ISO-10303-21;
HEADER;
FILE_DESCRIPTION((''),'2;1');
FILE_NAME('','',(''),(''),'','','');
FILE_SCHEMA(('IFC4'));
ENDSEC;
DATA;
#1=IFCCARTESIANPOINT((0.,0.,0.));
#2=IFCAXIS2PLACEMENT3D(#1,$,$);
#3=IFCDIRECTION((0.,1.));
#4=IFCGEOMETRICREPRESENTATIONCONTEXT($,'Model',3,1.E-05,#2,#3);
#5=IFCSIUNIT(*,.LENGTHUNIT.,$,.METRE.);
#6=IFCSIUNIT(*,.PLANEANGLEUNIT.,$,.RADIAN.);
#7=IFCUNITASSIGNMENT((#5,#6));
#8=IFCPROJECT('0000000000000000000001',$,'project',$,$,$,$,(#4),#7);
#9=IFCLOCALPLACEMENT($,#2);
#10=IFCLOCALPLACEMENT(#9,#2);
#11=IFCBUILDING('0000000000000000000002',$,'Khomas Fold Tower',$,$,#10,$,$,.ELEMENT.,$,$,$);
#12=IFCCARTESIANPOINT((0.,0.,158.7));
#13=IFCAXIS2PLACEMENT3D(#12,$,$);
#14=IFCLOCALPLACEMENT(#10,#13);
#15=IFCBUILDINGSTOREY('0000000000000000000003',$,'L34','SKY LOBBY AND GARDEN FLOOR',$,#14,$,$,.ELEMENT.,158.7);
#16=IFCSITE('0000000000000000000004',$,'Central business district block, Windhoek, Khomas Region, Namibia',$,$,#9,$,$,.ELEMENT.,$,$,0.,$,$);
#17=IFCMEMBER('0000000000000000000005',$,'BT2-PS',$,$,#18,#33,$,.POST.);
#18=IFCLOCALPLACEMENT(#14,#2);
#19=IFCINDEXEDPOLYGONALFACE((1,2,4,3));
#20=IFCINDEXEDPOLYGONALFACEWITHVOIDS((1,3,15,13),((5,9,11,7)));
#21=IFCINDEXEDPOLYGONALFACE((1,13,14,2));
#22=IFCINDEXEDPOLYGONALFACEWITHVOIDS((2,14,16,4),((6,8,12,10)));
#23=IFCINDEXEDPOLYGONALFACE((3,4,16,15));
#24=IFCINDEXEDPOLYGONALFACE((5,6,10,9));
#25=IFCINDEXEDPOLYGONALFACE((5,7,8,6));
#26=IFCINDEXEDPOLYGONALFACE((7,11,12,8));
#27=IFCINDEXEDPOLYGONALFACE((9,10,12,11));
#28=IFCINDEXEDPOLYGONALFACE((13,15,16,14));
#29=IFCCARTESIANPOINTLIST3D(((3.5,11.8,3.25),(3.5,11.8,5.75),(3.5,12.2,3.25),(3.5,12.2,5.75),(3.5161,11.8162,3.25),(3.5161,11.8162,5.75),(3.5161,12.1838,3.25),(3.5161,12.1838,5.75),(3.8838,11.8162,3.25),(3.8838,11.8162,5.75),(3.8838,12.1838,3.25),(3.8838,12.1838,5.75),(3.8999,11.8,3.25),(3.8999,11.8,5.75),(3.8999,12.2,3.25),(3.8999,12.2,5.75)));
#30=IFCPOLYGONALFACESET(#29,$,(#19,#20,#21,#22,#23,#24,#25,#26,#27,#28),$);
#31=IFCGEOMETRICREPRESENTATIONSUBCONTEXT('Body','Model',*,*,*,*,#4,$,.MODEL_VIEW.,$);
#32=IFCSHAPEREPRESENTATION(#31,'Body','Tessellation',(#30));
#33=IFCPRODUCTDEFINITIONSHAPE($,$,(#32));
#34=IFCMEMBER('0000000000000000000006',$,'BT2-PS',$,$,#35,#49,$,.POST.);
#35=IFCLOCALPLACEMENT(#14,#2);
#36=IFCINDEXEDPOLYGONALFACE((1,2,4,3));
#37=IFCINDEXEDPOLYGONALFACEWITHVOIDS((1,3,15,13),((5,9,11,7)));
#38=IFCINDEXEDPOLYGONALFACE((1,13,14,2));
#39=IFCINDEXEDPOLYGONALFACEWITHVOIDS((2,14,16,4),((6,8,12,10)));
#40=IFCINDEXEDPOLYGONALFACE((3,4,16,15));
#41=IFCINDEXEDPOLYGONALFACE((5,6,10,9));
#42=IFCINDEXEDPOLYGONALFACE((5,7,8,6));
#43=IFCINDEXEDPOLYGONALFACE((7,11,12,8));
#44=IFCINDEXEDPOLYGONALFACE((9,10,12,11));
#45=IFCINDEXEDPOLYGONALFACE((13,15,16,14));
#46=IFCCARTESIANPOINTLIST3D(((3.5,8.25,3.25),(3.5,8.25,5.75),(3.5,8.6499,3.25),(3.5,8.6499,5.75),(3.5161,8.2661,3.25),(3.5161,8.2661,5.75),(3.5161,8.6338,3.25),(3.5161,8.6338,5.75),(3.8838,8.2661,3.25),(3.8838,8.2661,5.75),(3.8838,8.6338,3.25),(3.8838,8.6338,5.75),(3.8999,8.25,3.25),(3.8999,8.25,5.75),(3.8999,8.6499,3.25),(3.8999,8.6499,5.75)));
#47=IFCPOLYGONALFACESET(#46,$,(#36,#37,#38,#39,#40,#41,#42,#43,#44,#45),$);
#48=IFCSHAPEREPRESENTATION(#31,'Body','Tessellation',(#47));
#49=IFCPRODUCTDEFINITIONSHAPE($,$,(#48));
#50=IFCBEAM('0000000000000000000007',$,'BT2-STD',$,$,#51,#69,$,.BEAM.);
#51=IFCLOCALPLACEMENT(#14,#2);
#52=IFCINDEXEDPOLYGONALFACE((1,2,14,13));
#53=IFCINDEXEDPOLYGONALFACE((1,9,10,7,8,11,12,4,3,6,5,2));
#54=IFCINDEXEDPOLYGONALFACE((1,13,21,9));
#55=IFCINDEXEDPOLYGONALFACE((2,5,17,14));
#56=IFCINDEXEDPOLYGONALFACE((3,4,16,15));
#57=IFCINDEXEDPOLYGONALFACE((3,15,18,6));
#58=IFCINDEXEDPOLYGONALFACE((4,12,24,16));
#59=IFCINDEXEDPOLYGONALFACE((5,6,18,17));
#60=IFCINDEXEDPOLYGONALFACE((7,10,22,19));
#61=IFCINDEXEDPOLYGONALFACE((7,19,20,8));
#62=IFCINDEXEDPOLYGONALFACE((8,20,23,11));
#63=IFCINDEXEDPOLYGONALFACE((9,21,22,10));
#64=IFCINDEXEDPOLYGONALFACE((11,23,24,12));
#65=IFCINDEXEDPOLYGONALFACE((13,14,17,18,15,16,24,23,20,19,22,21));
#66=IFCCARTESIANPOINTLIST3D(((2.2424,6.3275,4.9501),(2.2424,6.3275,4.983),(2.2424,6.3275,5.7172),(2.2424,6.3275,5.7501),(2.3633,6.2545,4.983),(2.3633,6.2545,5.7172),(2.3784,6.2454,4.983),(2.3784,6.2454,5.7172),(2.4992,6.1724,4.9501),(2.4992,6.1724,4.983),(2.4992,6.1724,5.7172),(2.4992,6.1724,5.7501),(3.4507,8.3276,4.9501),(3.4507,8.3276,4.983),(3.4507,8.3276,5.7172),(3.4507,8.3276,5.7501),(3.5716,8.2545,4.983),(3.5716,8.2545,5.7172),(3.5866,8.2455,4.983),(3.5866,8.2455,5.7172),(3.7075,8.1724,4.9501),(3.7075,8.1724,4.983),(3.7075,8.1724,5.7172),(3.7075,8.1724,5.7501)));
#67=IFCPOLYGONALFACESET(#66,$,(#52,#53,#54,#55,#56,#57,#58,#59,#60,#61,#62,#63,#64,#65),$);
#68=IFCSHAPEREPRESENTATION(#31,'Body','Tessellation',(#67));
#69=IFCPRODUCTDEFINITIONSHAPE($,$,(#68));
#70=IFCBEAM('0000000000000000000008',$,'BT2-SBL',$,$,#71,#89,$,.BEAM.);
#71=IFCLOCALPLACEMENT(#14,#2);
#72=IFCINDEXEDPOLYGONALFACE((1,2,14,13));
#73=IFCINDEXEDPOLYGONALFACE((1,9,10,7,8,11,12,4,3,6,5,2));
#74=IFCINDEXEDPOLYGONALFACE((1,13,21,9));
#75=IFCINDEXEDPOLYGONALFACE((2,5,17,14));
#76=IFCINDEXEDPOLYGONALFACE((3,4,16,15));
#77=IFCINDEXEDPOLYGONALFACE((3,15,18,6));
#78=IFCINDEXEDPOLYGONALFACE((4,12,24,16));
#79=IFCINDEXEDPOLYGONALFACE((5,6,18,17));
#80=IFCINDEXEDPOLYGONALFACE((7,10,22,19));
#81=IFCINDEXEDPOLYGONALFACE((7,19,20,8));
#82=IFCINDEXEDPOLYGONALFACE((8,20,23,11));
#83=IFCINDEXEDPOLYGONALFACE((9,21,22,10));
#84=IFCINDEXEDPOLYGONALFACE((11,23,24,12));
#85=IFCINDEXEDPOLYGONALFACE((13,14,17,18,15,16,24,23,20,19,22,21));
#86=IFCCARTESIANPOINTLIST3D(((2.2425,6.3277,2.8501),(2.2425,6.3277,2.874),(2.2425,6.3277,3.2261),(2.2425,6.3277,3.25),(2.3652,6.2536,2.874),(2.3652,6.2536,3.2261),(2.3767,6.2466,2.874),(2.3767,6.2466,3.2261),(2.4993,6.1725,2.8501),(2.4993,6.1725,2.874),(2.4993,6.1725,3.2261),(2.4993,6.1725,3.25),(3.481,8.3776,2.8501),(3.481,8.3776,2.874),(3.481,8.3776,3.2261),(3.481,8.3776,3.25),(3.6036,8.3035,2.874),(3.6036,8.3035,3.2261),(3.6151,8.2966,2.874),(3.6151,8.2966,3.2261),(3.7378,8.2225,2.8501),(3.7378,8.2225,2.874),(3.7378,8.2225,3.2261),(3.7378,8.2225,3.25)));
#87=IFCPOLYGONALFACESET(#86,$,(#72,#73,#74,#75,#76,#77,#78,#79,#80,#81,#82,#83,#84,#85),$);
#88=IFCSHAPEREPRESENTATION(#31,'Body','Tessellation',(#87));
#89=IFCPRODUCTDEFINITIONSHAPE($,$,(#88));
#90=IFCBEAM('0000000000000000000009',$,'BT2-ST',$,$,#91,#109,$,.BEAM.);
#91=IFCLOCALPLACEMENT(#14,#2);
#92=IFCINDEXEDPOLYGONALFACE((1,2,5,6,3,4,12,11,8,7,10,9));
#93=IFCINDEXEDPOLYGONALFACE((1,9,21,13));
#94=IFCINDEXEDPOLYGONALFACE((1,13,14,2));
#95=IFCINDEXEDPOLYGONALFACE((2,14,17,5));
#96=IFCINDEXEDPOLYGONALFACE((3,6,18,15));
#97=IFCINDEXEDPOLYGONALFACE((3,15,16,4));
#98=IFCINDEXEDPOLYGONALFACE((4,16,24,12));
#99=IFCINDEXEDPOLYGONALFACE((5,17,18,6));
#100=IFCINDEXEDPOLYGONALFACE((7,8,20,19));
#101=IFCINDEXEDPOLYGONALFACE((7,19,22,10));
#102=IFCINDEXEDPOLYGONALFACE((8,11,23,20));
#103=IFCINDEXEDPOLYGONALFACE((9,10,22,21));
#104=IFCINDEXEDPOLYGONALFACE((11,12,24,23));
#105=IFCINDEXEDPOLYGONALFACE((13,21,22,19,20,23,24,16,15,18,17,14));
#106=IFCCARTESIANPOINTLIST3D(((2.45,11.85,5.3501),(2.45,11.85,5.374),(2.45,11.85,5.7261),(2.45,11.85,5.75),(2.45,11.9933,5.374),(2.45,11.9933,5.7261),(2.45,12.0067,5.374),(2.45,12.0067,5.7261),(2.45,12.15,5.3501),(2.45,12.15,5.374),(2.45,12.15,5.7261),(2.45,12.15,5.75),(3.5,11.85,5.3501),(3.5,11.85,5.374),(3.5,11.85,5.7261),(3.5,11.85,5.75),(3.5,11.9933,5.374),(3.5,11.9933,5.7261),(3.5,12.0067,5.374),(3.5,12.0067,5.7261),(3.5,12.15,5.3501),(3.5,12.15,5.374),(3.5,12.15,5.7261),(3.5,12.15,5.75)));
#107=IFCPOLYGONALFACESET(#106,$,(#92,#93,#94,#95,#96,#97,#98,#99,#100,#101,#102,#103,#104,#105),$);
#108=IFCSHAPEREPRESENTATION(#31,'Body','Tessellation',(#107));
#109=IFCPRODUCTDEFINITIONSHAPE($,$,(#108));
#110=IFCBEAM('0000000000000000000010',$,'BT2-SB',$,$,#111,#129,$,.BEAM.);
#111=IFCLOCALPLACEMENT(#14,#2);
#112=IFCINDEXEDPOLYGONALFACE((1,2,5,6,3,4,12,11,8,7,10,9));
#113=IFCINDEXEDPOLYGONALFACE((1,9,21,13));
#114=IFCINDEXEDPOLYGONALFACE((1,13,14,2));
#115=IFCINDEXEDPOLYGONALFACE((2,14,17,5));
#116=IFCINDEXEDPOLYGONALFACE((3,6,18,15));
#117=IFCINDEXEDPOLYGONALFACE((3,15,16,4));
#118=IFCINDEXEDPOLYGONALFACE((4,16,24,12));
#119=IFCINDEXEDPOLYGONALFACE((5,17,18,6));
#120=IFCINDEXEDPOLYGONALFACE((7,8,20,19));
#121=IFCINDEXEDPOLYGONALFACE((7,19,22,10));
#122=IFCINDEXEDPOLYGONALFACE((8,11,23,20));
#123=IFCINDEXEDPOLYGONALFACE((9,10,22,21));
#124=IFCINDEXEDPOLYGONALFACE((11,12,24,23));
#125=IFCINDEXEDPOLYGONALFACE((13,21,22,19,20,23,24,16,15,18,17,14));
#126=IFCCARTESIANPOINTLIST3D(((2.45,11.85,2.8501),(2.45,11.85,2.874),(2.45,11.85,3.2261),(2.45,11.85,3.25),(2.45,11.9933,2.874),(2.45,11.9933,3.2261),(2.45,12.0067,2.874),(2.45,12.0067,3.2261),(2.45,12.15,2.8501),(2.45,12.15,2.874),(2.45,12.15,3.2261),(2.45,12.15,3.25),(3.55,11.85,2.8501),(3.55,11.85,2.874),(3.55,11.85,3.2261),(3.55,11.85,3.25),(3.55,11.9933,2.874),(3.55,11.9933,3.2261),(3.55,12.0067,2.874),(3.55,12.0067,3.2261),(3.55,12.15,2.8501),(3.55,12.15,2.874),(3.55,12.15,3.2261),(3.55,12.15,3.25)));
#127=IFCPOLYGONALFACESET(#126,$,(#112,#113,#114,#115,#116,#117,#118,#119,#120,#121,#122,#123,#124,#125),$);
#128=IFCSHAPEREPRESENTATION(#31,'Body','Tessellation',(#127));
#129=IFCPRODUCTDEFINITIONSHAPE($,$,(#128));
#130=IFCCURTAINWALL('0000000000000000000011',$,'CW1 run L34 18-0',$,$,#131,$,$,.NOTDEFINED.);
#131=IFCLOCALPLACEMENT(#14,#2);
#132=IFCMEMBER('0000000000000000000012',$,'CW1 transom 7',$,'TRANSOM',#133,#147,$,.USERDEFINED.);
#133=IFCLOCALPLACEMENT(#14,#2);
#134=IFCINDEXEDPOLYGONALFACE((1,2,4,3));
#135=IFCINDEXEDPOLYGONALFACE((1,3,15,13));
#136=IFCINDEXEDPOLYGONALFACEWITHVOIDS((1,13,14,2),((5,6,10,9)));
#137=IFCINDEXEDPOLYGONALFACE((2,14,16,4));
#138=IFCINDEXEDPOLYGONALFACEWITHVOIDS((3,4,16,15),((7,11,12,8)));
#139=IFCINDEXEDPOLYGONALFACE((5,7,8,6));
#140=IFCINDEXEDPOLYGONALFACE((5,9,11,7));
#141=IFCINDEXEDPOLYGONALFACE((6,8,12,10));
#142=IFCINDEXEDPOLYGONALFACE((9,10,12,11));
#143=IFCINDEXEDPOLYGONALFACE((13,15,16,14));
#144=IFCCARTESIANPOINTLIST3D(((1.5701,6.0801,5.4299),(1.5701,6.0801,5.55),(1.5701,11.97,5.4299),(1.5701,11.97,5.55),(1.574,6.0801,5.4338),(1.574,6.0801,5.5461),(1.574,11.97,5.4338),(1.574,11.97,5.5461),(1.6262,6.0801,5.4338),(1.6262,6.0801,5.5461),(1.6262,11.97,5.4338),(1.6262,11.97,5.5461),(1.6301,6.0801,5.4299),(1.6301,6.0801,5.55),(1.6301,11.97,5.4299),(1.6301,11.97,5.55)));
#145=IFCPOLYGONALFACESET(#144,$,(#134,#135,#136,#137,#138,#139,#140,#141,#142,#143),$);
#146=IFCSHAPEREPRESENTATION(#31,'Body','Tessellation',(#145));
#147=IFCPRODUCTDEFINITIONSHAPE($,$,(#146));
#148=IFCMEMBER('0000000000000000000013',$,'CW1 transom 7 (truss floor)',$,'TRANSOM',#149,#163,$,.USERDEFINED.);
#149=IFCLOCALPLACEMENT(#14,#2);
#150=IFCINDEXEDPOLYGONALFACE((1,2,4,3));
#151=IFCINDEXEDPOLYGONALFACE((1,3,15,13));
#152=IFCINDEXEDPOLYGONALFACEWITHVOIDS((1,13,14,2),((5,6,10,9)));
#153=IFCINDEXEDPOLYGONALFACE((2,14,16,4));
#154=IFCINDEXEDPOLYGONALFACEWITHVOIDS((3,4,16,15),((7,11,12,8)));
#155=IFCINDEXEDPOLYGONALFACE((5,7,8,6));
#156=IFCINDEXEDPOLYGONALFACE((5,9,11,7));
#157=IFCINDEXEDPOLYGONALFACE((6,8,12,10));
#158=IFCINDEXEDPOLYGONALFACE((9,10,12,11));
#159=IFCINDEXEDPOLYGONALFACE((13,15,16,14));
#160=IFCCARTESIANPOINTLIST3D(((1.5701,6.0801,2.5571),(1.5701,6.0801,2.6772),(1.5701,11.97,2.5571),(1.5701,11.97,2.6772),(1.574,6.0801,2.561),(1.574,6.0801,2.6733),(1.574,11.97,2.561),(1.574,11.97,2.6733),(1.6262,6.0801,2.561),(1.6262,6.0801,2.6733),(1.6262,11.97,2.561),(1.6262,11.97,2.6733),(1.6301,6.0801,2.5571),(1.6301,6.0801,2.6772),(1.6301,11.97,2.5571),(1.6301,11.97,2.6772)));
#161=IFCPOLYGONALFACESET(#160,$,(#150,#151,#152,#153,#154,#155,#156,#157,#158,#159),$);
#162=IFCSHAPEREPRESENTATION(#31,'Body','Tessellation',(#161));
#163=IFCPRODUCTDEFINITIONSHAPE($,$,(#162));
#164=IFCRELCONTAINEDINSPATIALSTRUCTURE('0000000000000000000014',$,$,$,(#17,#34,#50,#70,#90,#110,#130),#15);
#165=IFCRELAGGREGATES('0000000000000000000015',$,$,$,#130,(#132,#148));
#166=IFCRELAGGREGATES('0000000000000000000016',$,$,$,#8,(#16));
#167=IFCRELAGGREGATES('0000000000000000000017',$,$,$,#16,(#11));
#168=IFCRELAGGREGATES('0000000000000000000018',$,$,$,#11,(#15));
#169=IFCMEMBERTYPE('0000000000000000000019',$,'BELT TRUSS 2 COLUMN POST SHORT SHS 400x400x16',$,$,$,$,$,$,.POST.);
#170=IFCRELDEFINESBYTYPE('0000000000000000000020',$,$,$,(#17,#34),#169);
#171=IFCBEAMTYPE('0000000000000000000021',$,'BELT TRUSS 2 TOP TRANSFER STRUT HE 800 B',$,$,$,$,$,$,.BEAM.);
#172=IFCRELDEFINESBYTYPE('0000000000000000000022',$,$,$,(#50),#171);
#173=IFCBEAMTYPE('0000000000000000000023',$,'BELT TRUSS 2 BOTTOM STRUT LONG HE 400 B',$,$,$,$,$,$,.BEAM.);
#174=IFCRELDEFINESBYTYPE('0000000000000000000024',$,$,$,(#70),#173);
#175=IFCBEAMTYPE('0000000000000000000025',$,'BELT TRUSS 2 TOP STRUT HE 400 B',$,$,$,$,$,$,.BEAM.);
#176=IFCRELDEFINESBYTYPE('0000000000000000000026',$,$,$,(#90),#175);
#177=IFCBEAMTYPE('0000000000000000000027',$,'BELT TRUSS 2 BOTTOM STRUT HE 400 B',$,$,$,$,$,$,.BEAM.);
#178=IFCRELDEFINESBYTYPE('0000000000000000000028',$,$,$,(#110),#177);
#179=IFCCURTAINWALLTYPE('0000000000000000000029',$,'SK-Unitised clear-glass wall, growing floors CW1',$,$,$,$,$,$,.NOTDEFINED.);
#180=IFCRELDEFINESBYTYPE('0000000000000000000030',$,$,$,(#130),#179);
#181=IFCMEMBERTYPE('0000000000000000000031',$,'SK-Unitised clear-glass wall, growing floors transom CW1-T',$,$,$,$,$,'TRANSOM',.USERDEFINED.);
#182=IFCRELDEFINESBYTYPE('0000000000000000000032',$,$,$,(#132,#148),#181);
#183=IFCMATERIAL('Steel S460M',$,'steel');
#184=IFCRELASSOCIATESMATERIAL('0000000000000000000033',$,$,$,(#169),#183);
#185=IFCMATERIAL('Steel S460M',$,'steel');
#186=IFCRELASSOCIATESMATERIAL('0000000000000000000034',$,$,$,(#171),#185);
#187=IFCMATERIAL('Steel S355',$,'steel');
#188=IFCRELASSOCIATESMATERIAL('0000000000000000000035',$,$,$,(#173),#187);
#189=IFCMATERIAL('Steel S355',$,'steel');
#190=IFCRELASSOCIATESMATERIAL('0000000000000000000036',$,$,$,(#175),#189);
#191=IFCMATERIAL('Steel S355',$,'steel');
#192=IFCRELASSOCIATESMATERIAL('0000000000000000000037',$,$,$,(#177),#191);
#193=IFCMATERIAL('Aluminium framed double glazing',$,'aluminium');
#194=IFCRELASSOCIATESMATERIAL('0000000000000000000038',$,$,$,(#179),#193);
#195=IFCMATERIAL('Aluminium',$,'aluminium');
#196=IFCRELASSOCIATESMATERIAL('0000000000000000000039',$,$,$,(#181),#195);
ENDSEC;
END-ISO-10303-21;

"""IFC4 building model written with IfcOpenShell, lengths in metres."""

from ifc_helpers import new_model, si_unit, direction, frame, origin, origin_2d, place, context, subcontext, project, spatial, hollow_rectangle, i_section, extrude, source, transform, mapped, material, material_profile, profile_set, type_object, element, aggregate, save


model = new_model("IFC4")

# Units and contexts
model_context = context("Model", 3, precision=1e-05, world=origin(), true_north=direction((0.0, 1.0)))
body_context = subcontext(model_context, "Body", "Model", "MODEL_VIEW")
ifc_project = project(units=[si_unit("LENGTHUNIT", "METRE"), si_unit("PLANEANGLEUNIT", "RADIAN")], contexts=[model_context])

# Site, building, storey
site_placement = place(None, origin())
site = spatial("IfcSite", under=ifc_project, at=site_placement, Name="Central business district block, Windhoek, Khomas Region, Namibia", CompositionType="ELEMENT", RefElevation=0.0)
building_placement = place(site_placement, origin())
building = spatial("IfcBuilding", under=site, at=building_placement, Name="Khomas Fold Tower", CompositionType="ELEMENT")
storey_placement = place(building_placement, frame((0.0, 0.0, 158.7)))
storey = spatial("IfcBuildingStorey", under=building, at=storey_placement, Name="L34", Description="SKY LOBBY AND GARDEN FLOOR", CompositionType="ELEMENT", Elevation=158.7)

# Members
ifc_material_1 = material(Name="Steel S460M", Category="steel")
ifc_material_profile_1 = material_profile(ifc_material_1, hollow_rectangle(XDim=0.3999, YDim=0.3999, WallThickness=0.0161, at=origin_2d()), Name="SHS 400x400x16")
ifc_profile_set_1 = profile_set([ifc_material_profile_1], Name="Steel S460M")
member_type_1 = type_object("IfcMemberType", Name="BELT TRUSS 2 COLUMN POST SHORT SHS 400x400x16", PredefinedType="POST", material=ifc_profile_set_1)
shared_shape_1 = source(origin(), body_context, "Body", "SweptSolid", [
    extrude(hollow_rectangle(XDim=0.3999, YDim=0.3999, WallThickness=0.0161, at=origin_2d()), origin(), (0.0, 0.0, 1.0), 2.5),
])
for number, where, z_axis, x_axis, name in (
    (1, (3.7, 12.0, 3.25), (0.0, 0.0, 1.0), (1.0, 0.0, 0.0), "BT2-PS"),
    (2, (3.7, 8.45, 3.25), (0.0, 0.0, 1.0), (1.0, 0.0, 0.0), "BT2-PS"),
):
    element("IfcMember", number, at=place(storey_placement, frame(where, z_axis=z_axis, x_axis=x_axis)), inside=storey, type_object=member_type_1, Name=name, PredefinedType="POST", context=body_context, shape_type="MappedRepresentation", body=[
        mapped(shared_shape_1, transform((0.0, 0.0, 0.0))),
    ])

# Beams
ifc_material_2 = material(Name="Steel S460M", Category="steel")
ifc_material_profile_2 = material_profile(ifc_material_2, i_section(OverallWidth=0.3, OverallDepth=0.8, WebThickness=0.0176, FlangeThickness=0.033, at=origin_2d()), Name="HE 800 B")
ifc_profile_set_2 = profile_set([ifc_material_profile_2], Name="Steel S460M")
beam_type_1 = type_object("IfcBeamType", Name="BELT TRUSS 2 TOP TRANSFER STRUT HE 800 B", PredefinedType="BEAM", material=ifc_profile_set_2)
shared_shape_2 = source(origin(), body_context, "Body", "SweptSolid", [
    extrude(i_section(OverallWidth=0.3, OverallDepth=0.8, WebThickness=0.0176, FlangeThickness=0.033, at=origin_2d()), origin(), (0.0, 0.0, 1.0), 2.3367),
])
beam_1_placement = place(storey_placement, frame((3.5791, 8.25, 5.3501), z_axis=(-0.51709, -0.855931, 0.0), x_axis=(0.855931, -0.51709, 0.0)))
element("IfcBeam", 3, at=beam_1_placement, inside=storey, type_object=beam_type_1, Name="BT2-STD", PredefinedType="BEAM", context=body_context, shape_type="MappedRepresentation", body=[
    mapped(shared_shape_2, transform((0.0, 0.0, 0.0))),
])
ifc_material_3 = material(Name="Steel S355", Category="steel")
ifc_material_profile_3 = material_profile(ifc_material_3, i_section(OverallWidth=0.3, OverallDepth=0.3999, WebThickness=0.0134, FlangeThickness=0.0239, at=origin_2d()), Name="HE 400 B")
ifc_profile_set_3 = profile_set([ifc_material_profile_3], Name="Steel S355")
beam_type_2 = type_object("IfcBeamType", Name="BELT TRUSS 2 BOTTOM STRUT LONG HE 400 B", PredefinedType="BEAM", material=ifc_profile_set_3)
shared_shape_3 = source(origin(), body_context, "Body", "SweptSolid", [
    extrude(i_section(OverallWidth=0.3, OverallDepth=0.3999, WebThickness=0.0134, FlangeThickness=0.0239, at=origin_2d()), origin(), (0.0, 0.0, 1.0), 2.395),
])
beam_2_placement = place(storey_placement, frame((3.6094, 8.3, 3.05), z_axis=(-0.517102, -0.855924, 0.0), x_axis=(0.855924, -0.517102, 0.0)))
element("IfcBeam", 4, at=beam_2_placement, inside=storey, type_object=beam_type_2, Name="BT2-SBL", PredefinedType="BEAM", context=body_context, shape_type="MappedRepresentation", body=[
    mapped(shared_shape_3, transform((0.0, 0.0, 0.0))),
])
ifc_material_4 = material(Name="Steel S355", Category="steel")
ifc_material_profile_4 = material_profile(ifc_material_4, i_section(OverallWidth=0.3, OverallDepth=0.3999, WebThickness=0.0134, FlangeThickness=0.0239, at=origin_2d()), Name="HE 400 B")
ifc_profile_set_4 = profile_set([ifc_material_profile_4], Name="Steel S355")
beam_type_3 = type_object("IfcBeamType", Name="BELT TRUSS 2 TOP STRUT HE 400 B", PredefinedType="BEAM", material=ifc_profile_set_4)
shared_shape_4 = source(origin(), body_context, "Body", "SweptSolid", [
    extrude(i_section(OverallWidth=0.3, OverallDepth=0.3999, WebThickness=0.0134, FlangeThickness=0.0239, at=origin_2d()), origin(), (0.0, 0.0, 1.0), 1.05),
])
beam_3_placement = place(storey_placement, frame((3.5, 12.0, 5.55), z_axis=(-1.0, 0.0, 0.0), x_axis=(0.0, -1.0, 0.0)))
element("IfcBeam", 5, at=beam_3_placement, inside=storey, type_object=beam_type_3, Name="BT2-ST", PredefinedType="BEAM", context=body_context, shape_type="MappedRepresentation", body=[
    mapped(shared_shape_4, transform((0.0, 0.0, 0.0))),
])
ifc_material_5 = material(Name="Steel S355", Category="steel")
ifc_material_profile_5 = material_profile(ifc_material_5, i_section(OverallWidth=0.3, OverallDepth=0.3999, WebThickness=0.0134, FlangeThickness=0.0239, at=origin_2d()), Name="HE 400 B")
ifc_profile_set_5 = profile_set([ifc_material_profile_5], Name="Steel S355")
beam_type_4 = type_object("IfcBeamType", Name="BELT TRUSS 2 BOTTOM STRUT HE 400 B", PredefinedType="BEAM", material=ifc_profile_set_5)
shared_shape_5 = source(origin(), body_context, "Body", "SweptSolid", [
    extrude(i_section(OverallWidth=0.3, OverallDepth=0.3999, WebThickness=0.0134, FlangeThickness=0.0239, at=origin_2d()), origin(), (0.0, 0.0, 1.0), 1.1001),
])
beam_4_placement = place(storey_placement, frame((3.55, 12.0, 3.05), z_axis=(-1.0, 0.0, 0.0), x_axis=(0.0, -1.0, 0.0)))
element("IfcBeam", 6, at=beam_4_placement, inside=storey, type_object=beam_type_4, Name="BT2-SB", PredefinedType="BEAM", context=body_context, shape_type="MappedRepresentation", body=[
    mapped(shared_shape_5, transform((0.0, 0.0, 0.0))),
])

# Curtain wall, members
ifc_material_6 = material(Name="Aluminium framed double glazing", Category="aluminium")
curtain_wall_type = type_object("IfcCurtainWallType", Name="SK-Unitised clear-glass wall, growing floors CW1", PredefinedType="NOTDEFINED", material=ifc_material_6)
curtain_wall_placement = place(storey_placement, origin())
curtain_wall = element("IfcCurtainWall", 7, at=curtain_wall_placement, inside=storey, type_object=curtain_wall_type, Name="CW1 run L34 18-0", PredefinedType="NOTDEFINED")
ifc_material_7 = material(Name="Aluminium", Category="aluminium")
ifc_material_profile_6 = material_profile(ifc_material_7, hollow_rectangle(XDim=0.0601, YDim=0.1201, WallThickness=0.0039, at=origin_2d()), Name="SK-Unitised clear-glass wall, growing floors transom CW1-T")
ifc_profile_set_6 = profile_set([ifc_material_profile_6], Name="Aluminium")
member_type_2 = type_object("IfcMemberType", Name="SK-Unitised clear-glass wall, growing floors transom CW1-T", ElementType="TRANSOM", PredefinedType="USERDEFINED", material=ifc_profile_set_6)
shared_shape_6 = source(origin(), body_context, "Body", "SweptSolid", [
    extrude(hollow_rectangle(XDim=0.0601, YDim=0.1201, WallThickness=0.0039, at=origin_2d()), origin(), (0.0, 0.0, 1.0), 5.8899),
])
member_1_placement = place(storey_placement, frame((1.6001, 11.97, 5.49), z_axis=(0.0, -1.0, 0.0), x_axis=(1.0, 0.0, 0.0)))
member_1 = element("IfcMember", 8, at=member_1_placement, type_object=member_type_2, Name="CW1 transom 7", ObjectType="TRANSOM", PredefinedType="USERDEFINED", context=body_context, shape_type="MappedRepresentation", body=[
    mapped(shared_shape_6, transform((0.0, 0.0, 0.0))),
])
member_2_placement = place(storey_placement, frame((1.6001, 11.97, 2.6172), z_axis=(0.0, -1.0, 0.0), x_axis=(1.0, 0.0, 0.0)))
member_2 = element("IfcMember", 9, at=member_2_placement, type_object=member_type_2, Name="CW1 transom 7 (truss floor)", ObjectType="TRANSOM", PredefinedType="USERDEFINED", context=body_context, shape_type="MappedRepresentation", body=[
    mapped(shared_shape_6, transform((0.0, 0.0, 0.0))),
])
aggregate(curtain_wall, [member_1, member_2])

save(model, "model.ifc")
